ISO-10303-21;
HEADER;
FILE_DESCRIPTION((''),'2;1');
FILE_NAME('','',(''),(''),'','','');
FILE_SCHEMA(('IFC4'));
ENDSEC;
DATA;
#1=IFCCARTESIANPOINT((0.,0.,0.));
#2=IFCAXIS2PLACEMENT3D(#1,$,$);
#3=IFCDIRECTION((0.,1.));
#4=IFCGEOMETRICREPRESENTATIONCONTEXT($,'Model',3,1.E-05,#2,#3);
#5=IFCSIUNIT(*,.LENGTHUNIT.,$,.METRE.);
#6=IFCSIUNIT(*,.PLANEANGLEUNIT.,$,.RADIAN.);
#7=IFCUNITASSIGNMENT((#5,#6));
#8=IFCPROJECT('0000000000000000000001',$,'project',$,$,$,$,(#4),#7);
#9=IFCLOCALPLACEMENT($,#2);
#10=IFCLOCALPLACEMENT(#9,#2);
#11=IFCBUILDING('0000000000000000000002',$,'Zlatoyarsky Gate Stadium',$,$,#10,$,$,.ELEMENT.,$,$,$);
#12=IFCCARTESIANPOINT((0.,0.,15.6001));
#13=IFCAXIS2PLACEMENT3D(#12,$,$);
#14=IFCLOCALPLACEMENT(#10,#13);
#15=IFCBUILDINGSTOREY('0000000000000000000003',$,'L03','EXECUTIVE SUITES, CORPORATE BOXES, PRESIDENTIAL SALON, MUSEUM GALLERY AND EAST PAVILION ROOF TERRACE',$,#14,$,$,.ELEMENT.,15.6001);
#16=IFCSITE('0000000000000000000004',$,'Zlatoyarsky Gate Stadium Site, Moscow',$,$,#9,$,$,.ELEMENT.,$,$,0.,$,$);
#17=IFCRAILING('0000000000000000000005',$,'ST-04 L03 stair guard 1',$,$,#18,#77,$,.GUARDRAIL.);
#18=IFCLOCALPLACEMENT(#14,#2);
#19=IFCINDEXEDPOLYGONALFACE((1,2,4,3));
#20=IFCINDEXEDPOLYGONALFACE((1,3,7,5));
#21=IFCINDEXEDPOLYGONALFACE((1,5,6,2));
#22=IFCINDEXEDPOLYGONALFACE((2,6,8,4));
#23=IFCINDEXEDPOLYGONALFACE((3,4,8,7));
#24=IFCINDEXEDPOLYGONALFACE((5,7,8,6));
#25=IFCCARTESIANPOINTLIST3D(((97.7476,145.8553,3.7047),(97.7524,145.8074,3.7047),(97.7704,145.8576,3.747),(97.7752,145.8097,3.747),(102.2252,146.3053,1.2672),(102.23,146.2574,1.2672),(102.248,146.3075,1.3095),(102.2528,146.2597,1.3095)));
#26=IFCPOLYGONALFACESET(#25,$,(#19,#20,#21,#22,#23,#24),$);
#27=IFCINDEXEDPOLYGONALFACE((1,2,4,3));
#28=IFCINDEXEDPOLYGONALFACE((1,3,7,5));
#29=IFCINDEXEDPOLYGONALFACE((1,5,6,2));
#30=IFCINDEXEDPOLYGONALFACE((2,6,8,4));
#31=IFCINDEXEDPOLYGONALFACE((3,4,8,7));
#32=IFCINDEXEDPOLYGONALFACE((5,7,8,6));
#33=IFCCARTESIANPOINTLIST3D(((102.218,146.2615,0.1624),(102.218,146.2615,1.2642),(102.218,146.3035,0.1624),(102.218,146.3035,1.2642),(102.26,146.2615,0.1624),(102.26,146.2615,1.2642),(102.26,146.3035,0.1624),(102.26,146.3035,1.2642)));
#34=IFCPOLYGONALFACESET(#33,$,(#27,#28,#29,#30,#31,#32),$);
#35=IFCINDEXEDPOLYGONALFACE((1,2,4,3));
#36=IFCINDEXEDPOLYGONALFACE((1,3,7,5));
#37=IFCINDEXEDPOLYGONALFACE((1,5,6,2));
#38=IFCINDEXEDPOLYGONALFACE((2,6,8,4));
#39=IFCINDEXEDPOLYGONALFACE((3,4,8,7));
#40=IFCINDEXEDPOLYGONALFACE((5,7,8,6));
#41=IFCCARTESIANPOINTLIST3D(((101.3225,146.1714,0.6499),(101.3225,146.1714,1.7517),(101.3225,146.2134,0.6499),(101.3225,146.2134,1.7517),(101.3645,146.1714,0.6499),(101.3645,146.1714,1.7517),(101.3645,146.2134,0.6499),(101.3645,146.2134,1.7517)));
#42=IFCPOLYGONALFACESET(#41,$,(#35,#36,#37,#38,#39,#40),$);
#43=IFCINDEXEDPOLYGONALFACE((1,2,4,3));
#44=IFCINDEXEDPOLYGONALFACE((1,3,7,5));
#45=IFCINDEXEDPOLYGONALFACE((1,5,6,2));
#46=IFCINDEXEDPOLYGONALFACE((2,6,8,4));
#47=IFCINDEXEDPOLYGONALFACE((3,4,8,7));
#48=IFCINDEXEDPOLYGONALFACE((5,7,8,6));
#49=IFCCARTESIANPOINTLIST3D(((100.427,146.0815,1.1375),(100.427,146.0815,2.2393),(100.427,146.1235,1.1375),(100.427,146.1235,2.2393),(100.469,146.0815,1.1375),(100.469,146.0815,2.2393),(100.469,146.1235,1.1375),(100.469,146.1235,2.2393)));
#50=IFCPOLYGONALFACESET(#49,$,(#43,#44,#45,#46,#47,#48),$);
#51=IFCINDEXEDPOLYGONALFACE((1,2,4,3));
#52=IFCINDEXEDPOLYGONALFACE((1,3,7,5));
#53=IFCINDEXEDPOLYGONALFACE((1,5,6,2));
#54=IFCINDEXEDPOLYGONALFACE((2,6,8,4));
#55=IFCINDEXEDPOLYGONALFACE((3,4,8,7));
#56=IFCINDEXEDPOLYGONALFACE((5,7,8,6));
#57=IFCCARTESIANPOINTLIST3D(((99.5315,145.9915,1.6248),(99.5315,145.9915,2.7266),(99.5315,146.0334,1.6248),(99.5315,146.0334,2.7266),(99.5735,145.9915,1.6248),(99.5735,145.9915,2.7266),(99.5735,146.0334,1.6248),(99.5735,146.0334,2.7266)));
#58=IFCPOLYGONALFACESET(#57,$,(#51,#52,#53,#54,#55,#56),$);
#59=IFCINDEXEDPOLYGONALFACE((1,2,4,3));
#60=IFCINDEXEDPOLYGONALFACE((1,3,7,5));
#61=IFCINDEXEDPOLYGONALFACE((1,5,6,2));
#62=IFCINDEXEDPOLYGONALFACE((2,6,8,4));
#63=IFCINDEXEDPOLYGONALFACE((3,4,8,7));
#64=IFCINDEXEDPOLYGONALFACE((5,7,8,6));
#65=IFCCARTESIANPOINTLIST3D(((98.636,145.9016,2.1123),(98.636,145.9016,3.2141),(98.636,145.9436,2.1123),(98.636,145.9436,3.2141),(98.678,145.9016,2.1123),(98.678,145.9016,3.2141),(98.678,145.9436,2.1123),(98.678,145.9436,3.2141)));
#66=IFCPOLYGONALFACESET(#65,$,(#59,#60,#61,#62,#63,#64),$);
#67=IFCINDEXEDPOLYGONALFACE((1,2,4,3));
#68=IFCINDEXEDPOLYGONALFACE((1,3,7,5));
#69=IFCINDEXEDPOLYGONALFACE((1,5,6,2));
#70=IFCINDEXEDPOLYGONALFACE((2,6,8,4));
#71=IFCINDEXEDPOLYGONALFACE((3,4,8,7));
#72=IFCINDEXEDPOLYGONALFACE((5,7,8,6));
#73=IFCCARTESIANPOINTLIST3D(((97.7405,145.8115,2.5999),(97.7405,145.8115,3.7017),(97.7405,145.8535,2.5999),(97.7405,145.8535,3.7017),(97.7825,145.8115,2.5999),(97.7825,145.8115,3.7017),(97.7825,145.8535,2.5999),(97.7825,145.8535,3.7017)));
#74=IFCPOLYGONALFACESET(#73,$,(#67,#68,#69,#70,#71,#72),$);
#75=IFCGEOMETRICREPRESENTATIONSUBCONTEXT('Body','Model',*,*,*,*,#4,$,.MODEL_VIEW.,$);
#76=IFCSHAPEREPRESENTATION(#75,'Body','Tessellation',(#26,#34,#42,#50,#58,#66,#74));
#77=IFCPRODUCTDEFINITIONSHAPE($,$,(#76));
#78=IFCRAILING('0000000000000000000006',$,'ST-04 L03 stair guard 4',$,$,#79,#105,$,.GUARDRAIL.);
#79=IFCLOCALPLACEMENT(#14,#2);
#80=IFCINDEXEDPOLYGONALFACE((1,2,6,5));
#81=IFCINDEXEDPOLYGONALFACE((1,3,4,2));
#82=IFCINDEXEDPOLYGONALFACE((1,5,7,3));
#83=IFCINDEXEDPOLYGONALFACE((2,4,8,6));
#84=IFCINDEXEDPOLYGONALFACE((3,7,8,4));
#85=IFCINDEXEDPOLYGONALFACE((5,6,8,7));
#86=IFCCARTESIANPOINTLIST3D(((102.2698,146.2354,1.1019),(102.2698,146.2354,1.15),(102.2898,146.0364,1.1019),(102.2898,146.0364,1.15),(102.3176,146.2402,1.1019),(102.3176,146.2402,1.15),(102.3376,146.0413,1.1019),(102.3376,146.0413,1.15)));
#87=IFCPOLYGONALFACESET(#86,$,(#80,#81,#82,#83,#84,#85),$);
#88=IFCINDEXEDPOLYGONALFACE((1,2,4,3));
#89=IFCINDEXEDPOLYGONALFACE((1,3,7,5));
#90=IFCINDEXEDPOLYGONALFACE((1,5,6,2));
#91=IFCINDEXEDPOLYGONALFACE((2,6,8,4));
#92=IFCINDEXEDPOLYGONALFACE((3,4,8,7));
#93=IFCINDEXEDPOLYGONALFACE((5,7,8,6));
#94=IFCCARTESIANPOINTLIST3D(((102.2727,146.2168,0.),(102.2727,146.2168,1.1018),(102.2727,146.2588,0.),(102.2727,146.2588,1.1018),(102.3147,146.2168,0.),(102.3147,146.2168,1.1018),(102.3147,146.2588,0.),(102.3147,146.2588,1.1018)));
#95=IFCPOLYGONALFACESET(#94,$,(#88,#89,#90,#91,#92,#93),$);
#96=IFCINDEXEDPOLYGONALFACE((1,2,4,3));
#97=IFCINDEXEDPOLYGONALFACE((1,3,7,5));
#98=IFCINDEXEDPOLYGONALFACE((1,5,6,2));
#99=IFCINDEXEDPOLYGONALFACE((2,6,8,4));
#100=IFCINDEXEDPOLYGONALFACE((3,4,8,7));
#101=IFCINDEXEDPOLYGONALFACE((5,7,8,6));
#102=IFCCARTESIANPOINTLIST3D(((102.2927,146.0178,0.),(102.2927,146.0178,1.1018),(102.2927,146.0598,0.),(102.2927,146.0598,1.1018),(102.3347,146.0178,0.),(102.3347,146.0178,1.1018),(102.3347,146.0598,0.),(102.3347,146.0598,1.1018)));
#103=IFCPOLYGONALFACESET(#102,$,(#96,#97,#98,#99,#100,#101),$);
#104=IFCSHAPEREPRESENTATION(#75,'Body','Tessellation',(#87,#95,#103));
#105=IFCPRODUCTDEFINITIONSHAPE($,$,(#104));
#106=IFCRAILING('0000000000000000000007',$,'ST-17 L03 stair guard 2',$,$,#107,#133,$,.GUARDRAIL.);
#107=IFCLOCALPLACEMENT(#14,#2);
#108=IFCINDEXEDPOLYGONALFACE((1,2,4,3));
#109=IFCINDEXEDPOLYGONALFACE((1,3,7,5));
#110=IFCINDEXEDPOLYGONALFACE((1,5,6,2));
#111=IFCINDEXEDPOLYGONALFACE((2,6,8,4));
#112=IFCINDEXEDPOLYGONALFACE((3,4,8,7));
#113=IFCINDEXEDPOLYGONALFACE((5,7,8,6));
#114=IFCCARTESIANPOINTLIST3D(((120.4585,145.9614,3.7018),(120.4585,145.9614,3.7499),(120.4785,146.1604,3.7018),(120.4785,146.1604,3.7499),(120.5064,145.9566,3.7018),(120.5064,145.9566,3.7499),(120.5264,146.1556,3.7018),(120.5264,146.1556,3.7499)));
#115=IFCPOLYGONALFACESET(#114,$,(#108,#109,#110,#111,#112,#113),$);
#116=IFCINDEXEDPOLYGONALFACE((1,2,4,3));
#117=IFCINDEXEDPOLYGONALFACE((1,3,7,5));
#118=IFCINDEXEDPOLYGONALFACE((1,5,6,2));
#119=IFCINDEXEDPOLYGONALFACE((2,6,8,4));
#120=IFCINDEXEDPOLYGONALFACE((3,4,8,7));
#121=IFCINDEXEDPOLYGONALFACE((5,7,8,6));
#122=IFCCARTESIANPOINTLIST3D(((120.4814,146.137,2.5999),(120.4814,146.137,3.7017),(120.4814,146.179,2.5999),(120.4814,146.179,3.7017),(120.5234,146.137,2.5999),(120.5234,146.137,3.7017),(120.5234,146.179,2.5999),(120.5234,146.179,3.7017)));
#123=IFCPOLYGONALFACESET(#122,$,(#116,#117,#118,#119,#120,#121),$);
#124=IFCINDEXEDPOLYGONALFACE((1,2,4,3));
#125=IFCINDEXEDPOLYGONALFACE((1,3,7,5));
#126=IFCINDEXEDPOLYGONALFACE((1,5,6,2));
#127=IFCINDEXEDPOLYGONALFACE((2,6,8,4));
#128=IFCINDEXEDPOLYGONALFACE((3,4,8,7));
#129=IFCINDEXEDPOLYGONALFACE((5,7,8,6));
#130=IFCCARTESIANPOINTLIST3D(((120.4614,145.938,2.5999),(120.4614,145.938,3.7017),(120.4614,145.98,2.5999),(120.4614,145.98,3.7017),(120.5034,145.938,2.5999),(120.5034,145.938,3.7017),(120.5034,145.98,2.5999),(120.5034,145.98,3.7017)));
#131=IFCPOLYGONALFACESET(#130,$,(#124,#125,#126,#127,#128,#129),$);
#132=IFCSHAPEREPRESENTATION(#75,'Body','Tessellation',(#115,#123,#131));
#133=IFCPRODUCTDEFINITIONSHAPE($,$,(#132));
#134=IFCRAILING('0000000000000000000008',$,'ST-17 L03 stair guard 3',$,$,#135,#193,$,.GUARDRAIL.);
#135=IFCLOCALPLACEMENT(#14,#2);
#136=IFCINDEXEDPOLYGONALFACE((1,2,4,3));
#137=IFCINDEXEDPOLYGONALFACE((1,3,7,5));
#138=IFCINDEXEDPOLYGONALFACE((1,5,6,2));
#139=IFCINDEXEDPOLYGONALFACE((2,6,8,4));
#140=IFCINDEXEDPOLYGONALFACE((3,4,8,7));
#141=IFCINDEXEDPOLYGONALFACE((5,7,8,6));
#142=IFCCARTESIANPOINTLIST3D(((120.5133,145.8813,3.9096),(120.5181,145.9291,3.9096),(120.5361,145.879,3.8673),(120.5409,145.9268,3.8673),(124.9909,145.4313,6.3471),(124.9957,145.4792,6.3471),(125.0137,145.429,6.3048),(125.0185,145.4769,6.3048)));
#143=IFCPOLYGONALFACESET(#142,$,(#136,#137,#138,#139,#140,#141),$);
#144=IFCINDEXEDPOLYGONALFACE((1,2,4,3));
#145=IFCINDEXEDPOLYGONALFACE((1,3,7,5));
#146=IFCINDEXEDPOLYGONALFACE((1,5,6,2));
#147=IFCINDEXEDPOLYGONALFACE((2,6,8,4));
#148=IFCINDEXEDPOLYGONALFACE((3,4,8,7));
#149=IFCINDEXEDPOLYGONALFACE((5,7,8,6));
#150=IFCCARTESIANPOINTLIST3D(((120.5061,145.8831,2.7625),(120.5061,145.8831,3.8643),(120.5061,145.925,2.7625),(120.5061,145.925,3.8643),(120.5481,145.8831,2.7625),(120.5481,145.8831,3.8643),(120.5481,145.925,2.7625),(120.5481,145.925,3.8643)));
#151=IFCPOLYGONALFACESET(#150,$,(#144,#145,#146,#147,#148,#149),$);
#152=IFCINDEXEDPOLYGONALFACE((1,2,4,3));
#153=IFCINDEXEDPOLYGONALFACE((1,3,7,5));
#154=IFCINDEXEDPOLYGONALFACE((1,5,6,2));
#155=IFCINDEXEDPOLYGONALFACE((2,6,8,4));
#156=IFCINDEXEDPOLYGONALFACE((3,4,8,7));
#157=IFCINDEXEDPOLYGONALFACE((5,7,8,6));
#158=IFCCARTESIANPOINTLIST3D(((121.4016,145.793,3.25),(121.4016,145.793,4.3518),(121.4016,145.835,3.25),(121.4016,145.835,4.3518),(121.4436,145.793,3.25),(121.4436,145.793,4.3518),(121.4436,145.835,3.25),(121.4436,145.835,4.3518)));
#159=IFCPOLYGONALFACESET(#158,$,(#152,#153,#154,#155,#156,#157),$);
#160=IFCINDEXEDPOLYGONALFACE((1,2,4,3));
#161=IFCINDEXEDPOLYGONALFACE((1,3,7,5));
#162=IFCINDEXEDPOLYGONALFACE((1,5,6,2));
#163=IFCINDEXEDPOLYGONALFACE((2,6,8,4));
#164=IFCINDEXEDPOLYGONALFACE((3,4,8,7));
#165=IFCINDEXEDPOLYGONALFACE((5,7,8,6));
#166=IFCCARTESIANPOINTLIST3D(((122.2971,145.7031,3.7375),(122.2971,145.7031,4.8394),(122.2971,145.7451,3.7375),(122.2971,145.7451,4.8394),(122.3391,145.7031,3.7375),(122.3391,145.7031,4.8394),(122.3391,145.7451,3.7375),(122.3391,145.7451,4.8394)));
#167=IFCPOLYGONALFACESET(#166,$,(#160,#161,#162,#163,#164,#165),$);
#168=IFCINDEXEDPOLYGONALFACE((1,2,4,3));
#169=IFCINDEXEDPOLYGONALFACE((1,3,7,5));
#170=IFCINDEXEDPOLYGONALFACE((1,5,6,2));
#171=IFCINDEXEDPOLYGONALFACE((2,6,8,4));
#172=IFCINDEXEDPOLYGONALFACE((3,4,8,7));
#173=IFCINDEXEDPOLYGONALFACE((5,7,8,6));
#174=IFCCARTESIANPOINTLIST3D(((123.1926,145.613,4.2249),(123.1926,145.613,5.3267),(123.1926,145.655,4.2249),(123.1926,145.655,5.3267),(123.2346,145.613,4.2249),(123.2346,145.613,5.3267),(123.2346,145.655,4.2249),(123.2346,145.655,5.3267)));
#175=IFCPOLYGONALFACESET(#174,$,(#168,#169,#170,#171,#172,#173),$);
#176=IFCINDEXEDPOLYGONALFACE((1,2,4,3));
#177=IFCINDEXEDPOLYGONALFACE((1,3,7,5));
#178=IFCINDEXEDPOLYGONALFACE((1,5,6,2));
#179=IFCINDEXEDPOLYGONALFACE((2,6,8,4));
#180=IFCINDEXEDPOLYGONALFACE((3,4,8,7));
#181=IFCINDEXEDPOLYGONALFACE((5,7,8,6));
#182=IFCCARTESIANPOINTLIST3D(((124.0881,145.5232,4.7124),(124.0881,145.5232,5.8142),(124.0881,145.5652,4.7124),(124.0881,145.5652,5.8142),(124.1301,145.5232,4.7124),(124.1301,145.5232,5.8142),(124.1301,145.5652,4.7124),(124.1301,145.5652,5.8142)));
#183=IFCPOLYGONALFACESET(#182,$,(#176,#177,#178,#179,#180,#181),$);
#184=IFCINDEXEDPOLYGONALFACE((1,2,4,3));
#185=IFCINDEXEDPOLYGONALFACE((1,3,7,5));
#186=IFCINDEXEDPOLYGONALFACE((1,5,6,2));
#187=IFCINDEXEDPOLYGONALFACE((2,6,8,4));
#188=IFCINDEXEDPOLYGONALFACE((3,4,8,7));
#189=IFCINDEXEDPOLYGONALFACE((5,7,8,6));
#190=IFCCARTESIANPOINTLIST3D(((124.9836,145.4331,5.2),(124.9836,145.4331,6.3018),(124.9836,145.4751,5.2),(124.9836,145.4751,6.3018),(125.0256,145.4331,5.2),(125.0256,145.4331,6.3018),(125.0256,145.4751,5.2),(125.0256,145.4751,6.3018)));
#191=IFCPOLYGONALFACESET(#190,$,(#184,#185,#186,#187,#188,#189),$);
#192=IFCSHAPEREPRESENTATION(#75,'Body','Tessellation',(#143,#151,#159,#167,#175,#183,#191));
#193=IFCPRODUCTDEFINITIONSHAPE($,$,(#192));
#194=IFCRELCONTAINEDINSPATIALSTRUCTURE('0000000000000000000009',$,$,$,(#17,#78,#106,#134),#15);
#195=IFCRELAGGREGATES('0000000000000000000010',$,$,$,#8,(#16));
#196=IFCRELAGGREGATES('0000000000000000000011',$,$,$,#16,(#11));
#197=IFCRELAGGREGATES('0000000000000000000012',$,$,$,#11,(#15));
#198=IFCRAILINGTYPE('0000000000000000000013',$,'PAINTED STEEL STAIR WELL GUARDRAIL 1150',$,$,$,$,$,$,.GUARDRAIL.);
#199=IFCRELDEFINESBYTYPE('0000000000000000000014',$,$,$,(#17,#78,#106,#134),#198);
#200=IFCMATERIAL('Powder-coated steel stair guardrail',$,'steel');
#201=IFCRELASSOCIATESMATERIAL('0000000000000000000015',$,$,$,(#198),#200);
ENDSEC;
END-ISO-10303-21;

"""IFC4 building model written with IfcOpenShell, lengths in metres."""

from ifc_helpers import new_model, si_unit, direction, frame, origin, origin_2d, place, context, subcontext, project, spatial, rectangle, extrude, material, type_object, element, save


model = new_model("IFC4")

# Units and contexts
model_context = context("Model", 3, precision=1e-05, world=origin(), true_north=direction((0.0, 1.0)))
body_context = subcontext(model_context, "Body", "Model", "MODEL_VIEW")
ifc_project = project(units=[si_unit("LENGTHUNIT", "METRE"), si_unit("PLANEANGLEUNIT", "RADIAN")], contexts=[model_context])

# Site, building, storey
site_placement = place(None, origin())
site = spatial("IfcSite", under=ifc_project, at=site_placement, Name="Zlatoyarsky Gate Stadium Site, Moscow", CompositionType="ELEMENT", RefElevation=0.0)
building_placement = place(site_placement, origin())
building = spatial("IfcBuilding", under=site, at=building_placement, Name="Zlatoyarsky Gate Stadium", CompositionType="ELEMENT")
storey_placement = place(building_placement, frame((0.0, 0.0, 15.6001)))
storey = spatial("IfcBuildingStorey", under=building, at=storey_placement, Name="L03", Description="EXECUTIVE SUITES, CORPORATE BOXES, PRESIDENTIAL SALON, MUSEUM GALLERY AND EAST PAVILION ROOF TERRACE", CompositionType="ELEMENT", Elevation=15.6001)

# Railings
ifc_material_1 = material(Name="Powder-coated steel stair guardrail", Category="steel")
railing_type_1 = type_object("IfcRailingType", Name="PAINTED STEEL STAIR WELL GUARDRAIL 1150", PredefinedType="GUARDRAIL", material=ifc_material_1)
railing_1_placement = place(storey_placement, frame((102.239, 146.2825, 0.1624)))
element("IfcRailing", 1, at=railing_1_placement, inside=storey, type_object=railing_type_1, Name="ST-04 L03 stair guard 1", PredefinedType="GUARDRAIL", context=body_context, shape_type="SweptSolid", body=[
    extrude(rectangle(XDim=0.0481, YDim=0.0481, at=origin_2d()), frame((0.0, 0.0, 1.126), z_axis=(-0.87489, -0.087918, 0.476276), x_axis=(0.099987, -0.994989, 0.0)), (0.0, 0.0, 1.0), 5.1179),
    extrude(rectangle(XDim=0.042, YDim=0.042, at=origin_2d()), origin(), (0.0, 0.0, 1.0), 1.1018),
    extrude(rectangle(XDim=0.042, YDim=0.042, at=origin_2d()), frame((-0.8955, -0.0901, 0.4875)), (0.0, 0.0, 1.0), 1.1018),
    extrude(rectangle(XDim=0.042, YDim=0.042, at=origin_2d()), frame((-1.791, -0.1799, 0.9751)), (0.0, 0.0, 1.0), 1.1018),
    extrude(rectangle(XDim=0.042, YDim=0.042, at=origin_2d()), frame((-2.6865, -0.27, 1.4624)), (0.0, 0.0, 1.0), 1.1018),
    extrude(rectangle(XDim=0.042, YDim=0.042, at=origin_2d()), frame((-3.582, -0.3599, 1.95)), (0.0, 0.0, 1.0), 1.1018),
    extrude(rectangle(XDim=0.042, YDim=0.042, at=origin_2d()), frame((-4.4775, -0.45, 2.4375)), (0.0, 0.0, 1.0), 1.1018),
])
railing_2_placement = place(storey_placement, frame((102.2937, 146.2378, 0.0)))
element("IfcRailing", 2, at=railing_2_placement, inside=storey, type_object=railing_type_1, Name="ST-04 L03 stair guard 4", PredefinedType="GUARDRAIL", context=body_context, shape_type="SweptSolid", body=[
    extrude(rectangle(XDim=0.0481, YDim=0.0481, at=origin_2d()), frame((0.0, 0.0, 1.126), z_axis=(0.100108, -0.994977, 0.0), x_axis=(0.994977, 0.100108, 0.0)), (0.0, 0.0, 1.0), 0.2),
    extrude(rectangle(XDim=0.042, YDim=0.042, at=origin_2d()), origin(), (0.0, 0.0, 1.0), 1.1018),
    extrude(rectangle(XDim=0.042, YDim=0.042, at=origin_2d()), frame((0.02, -0.199, 0.0)), (0.0, 0.0, 1.0), 1.1018),
])
railing_3_placement = place(storey_placement, frame((120.5024, 146.158, 2.5999)))
element("IfcRailing", 3, at=railing_3_placement, inside=storey, type_object=railing_type_1, Name="ST-17 L03 stair guard 2", PredefinedType="GUARDRAIL", context=body_context, shape_type="SweptSolid", body=[
    extrude(rectangle(XDim=0.0481, YDim=0.0481, at=origin_2d()), frame((0.0, 0.0, 1.126), z_axis=(-0.100108, -0.994977, 0.0), x_axis=(0.994977, -0.100108, 0.0)), (0.0, 0.0, 1.0), 0.2),
    extrude(rectangle(XDim=0.042, YDim=0.042, at=origin_2d()), origin(), (0.0, 0.0, 1.0), 1.1018),
    extrude(rectangle(XDim=0.042, YDim=0.042, at=origin_2d()), frame((-0.02, -0.199, 0.0)), (0.0, 0.0, 1.0), 1.1018),
])
railing_4_placement = place(storey_placement, frame((120.5271, 145.9041, 2.7625)))
element("IfcRailing", 4, at=railing_4_placement, inside=storey, type_object=railing_type_1, Name="ST-17 L03 stair guard 3", PredefinedType="GUARDRAIL", context=body_context, shape_type="SweptSolid", body=[
    extrude(rectangle(XDim=0.0481, YDim=0.0481, at=origin_2d()), frame((0.0, 0.0, 1.126), z_axis=(0.87489, -0.087918, 0.476276), x_axis=(0.099987, 0.994989, 0.0)), (0.0, 0.0, 1.0), 5.1179),
    extrude(rectangle(XDim=0.042, YDim=0.042, at=origin_2d()), origin(), (0.0, 0.0, 1.0), 1.1018),
    extrude(rectangle(XDim=0.042, YDim=0.042, at=origin_2d()), frame((0.8955, -0.0901, 0.4875)), (0.0, 0.0, 1.0), 1.1018),
    extrude(rectangle(XDim=0.042, YDim=0.042, at=origin_2d()), frame((1.791, -0.1799, 0.9751)), (0.0, 0.0, 1.0), 1.1018),
    extrude(rectangle(XDim=0.042, YDim=0.042, at=origin_2d()), frame((2.6865, -0.27, 1.4624)), (0.0, 0.0, 1.0), 1.1018),
    extrude(rectangle(XDim=0.042, YDim=0.042, at=origin_2d()), frame((3.582, -0.3599, 1.95)), (0.0, 0.0, 1.0), 1.1018),
    extrude(rectangle(XDim=0.042, YDim=0.042, at=origin_2d()), frame((4.4775, -0.45, 2.4375)), (0.0, 0.0, 1.0), 1.1018),
])

save(model, "model.ifc")
